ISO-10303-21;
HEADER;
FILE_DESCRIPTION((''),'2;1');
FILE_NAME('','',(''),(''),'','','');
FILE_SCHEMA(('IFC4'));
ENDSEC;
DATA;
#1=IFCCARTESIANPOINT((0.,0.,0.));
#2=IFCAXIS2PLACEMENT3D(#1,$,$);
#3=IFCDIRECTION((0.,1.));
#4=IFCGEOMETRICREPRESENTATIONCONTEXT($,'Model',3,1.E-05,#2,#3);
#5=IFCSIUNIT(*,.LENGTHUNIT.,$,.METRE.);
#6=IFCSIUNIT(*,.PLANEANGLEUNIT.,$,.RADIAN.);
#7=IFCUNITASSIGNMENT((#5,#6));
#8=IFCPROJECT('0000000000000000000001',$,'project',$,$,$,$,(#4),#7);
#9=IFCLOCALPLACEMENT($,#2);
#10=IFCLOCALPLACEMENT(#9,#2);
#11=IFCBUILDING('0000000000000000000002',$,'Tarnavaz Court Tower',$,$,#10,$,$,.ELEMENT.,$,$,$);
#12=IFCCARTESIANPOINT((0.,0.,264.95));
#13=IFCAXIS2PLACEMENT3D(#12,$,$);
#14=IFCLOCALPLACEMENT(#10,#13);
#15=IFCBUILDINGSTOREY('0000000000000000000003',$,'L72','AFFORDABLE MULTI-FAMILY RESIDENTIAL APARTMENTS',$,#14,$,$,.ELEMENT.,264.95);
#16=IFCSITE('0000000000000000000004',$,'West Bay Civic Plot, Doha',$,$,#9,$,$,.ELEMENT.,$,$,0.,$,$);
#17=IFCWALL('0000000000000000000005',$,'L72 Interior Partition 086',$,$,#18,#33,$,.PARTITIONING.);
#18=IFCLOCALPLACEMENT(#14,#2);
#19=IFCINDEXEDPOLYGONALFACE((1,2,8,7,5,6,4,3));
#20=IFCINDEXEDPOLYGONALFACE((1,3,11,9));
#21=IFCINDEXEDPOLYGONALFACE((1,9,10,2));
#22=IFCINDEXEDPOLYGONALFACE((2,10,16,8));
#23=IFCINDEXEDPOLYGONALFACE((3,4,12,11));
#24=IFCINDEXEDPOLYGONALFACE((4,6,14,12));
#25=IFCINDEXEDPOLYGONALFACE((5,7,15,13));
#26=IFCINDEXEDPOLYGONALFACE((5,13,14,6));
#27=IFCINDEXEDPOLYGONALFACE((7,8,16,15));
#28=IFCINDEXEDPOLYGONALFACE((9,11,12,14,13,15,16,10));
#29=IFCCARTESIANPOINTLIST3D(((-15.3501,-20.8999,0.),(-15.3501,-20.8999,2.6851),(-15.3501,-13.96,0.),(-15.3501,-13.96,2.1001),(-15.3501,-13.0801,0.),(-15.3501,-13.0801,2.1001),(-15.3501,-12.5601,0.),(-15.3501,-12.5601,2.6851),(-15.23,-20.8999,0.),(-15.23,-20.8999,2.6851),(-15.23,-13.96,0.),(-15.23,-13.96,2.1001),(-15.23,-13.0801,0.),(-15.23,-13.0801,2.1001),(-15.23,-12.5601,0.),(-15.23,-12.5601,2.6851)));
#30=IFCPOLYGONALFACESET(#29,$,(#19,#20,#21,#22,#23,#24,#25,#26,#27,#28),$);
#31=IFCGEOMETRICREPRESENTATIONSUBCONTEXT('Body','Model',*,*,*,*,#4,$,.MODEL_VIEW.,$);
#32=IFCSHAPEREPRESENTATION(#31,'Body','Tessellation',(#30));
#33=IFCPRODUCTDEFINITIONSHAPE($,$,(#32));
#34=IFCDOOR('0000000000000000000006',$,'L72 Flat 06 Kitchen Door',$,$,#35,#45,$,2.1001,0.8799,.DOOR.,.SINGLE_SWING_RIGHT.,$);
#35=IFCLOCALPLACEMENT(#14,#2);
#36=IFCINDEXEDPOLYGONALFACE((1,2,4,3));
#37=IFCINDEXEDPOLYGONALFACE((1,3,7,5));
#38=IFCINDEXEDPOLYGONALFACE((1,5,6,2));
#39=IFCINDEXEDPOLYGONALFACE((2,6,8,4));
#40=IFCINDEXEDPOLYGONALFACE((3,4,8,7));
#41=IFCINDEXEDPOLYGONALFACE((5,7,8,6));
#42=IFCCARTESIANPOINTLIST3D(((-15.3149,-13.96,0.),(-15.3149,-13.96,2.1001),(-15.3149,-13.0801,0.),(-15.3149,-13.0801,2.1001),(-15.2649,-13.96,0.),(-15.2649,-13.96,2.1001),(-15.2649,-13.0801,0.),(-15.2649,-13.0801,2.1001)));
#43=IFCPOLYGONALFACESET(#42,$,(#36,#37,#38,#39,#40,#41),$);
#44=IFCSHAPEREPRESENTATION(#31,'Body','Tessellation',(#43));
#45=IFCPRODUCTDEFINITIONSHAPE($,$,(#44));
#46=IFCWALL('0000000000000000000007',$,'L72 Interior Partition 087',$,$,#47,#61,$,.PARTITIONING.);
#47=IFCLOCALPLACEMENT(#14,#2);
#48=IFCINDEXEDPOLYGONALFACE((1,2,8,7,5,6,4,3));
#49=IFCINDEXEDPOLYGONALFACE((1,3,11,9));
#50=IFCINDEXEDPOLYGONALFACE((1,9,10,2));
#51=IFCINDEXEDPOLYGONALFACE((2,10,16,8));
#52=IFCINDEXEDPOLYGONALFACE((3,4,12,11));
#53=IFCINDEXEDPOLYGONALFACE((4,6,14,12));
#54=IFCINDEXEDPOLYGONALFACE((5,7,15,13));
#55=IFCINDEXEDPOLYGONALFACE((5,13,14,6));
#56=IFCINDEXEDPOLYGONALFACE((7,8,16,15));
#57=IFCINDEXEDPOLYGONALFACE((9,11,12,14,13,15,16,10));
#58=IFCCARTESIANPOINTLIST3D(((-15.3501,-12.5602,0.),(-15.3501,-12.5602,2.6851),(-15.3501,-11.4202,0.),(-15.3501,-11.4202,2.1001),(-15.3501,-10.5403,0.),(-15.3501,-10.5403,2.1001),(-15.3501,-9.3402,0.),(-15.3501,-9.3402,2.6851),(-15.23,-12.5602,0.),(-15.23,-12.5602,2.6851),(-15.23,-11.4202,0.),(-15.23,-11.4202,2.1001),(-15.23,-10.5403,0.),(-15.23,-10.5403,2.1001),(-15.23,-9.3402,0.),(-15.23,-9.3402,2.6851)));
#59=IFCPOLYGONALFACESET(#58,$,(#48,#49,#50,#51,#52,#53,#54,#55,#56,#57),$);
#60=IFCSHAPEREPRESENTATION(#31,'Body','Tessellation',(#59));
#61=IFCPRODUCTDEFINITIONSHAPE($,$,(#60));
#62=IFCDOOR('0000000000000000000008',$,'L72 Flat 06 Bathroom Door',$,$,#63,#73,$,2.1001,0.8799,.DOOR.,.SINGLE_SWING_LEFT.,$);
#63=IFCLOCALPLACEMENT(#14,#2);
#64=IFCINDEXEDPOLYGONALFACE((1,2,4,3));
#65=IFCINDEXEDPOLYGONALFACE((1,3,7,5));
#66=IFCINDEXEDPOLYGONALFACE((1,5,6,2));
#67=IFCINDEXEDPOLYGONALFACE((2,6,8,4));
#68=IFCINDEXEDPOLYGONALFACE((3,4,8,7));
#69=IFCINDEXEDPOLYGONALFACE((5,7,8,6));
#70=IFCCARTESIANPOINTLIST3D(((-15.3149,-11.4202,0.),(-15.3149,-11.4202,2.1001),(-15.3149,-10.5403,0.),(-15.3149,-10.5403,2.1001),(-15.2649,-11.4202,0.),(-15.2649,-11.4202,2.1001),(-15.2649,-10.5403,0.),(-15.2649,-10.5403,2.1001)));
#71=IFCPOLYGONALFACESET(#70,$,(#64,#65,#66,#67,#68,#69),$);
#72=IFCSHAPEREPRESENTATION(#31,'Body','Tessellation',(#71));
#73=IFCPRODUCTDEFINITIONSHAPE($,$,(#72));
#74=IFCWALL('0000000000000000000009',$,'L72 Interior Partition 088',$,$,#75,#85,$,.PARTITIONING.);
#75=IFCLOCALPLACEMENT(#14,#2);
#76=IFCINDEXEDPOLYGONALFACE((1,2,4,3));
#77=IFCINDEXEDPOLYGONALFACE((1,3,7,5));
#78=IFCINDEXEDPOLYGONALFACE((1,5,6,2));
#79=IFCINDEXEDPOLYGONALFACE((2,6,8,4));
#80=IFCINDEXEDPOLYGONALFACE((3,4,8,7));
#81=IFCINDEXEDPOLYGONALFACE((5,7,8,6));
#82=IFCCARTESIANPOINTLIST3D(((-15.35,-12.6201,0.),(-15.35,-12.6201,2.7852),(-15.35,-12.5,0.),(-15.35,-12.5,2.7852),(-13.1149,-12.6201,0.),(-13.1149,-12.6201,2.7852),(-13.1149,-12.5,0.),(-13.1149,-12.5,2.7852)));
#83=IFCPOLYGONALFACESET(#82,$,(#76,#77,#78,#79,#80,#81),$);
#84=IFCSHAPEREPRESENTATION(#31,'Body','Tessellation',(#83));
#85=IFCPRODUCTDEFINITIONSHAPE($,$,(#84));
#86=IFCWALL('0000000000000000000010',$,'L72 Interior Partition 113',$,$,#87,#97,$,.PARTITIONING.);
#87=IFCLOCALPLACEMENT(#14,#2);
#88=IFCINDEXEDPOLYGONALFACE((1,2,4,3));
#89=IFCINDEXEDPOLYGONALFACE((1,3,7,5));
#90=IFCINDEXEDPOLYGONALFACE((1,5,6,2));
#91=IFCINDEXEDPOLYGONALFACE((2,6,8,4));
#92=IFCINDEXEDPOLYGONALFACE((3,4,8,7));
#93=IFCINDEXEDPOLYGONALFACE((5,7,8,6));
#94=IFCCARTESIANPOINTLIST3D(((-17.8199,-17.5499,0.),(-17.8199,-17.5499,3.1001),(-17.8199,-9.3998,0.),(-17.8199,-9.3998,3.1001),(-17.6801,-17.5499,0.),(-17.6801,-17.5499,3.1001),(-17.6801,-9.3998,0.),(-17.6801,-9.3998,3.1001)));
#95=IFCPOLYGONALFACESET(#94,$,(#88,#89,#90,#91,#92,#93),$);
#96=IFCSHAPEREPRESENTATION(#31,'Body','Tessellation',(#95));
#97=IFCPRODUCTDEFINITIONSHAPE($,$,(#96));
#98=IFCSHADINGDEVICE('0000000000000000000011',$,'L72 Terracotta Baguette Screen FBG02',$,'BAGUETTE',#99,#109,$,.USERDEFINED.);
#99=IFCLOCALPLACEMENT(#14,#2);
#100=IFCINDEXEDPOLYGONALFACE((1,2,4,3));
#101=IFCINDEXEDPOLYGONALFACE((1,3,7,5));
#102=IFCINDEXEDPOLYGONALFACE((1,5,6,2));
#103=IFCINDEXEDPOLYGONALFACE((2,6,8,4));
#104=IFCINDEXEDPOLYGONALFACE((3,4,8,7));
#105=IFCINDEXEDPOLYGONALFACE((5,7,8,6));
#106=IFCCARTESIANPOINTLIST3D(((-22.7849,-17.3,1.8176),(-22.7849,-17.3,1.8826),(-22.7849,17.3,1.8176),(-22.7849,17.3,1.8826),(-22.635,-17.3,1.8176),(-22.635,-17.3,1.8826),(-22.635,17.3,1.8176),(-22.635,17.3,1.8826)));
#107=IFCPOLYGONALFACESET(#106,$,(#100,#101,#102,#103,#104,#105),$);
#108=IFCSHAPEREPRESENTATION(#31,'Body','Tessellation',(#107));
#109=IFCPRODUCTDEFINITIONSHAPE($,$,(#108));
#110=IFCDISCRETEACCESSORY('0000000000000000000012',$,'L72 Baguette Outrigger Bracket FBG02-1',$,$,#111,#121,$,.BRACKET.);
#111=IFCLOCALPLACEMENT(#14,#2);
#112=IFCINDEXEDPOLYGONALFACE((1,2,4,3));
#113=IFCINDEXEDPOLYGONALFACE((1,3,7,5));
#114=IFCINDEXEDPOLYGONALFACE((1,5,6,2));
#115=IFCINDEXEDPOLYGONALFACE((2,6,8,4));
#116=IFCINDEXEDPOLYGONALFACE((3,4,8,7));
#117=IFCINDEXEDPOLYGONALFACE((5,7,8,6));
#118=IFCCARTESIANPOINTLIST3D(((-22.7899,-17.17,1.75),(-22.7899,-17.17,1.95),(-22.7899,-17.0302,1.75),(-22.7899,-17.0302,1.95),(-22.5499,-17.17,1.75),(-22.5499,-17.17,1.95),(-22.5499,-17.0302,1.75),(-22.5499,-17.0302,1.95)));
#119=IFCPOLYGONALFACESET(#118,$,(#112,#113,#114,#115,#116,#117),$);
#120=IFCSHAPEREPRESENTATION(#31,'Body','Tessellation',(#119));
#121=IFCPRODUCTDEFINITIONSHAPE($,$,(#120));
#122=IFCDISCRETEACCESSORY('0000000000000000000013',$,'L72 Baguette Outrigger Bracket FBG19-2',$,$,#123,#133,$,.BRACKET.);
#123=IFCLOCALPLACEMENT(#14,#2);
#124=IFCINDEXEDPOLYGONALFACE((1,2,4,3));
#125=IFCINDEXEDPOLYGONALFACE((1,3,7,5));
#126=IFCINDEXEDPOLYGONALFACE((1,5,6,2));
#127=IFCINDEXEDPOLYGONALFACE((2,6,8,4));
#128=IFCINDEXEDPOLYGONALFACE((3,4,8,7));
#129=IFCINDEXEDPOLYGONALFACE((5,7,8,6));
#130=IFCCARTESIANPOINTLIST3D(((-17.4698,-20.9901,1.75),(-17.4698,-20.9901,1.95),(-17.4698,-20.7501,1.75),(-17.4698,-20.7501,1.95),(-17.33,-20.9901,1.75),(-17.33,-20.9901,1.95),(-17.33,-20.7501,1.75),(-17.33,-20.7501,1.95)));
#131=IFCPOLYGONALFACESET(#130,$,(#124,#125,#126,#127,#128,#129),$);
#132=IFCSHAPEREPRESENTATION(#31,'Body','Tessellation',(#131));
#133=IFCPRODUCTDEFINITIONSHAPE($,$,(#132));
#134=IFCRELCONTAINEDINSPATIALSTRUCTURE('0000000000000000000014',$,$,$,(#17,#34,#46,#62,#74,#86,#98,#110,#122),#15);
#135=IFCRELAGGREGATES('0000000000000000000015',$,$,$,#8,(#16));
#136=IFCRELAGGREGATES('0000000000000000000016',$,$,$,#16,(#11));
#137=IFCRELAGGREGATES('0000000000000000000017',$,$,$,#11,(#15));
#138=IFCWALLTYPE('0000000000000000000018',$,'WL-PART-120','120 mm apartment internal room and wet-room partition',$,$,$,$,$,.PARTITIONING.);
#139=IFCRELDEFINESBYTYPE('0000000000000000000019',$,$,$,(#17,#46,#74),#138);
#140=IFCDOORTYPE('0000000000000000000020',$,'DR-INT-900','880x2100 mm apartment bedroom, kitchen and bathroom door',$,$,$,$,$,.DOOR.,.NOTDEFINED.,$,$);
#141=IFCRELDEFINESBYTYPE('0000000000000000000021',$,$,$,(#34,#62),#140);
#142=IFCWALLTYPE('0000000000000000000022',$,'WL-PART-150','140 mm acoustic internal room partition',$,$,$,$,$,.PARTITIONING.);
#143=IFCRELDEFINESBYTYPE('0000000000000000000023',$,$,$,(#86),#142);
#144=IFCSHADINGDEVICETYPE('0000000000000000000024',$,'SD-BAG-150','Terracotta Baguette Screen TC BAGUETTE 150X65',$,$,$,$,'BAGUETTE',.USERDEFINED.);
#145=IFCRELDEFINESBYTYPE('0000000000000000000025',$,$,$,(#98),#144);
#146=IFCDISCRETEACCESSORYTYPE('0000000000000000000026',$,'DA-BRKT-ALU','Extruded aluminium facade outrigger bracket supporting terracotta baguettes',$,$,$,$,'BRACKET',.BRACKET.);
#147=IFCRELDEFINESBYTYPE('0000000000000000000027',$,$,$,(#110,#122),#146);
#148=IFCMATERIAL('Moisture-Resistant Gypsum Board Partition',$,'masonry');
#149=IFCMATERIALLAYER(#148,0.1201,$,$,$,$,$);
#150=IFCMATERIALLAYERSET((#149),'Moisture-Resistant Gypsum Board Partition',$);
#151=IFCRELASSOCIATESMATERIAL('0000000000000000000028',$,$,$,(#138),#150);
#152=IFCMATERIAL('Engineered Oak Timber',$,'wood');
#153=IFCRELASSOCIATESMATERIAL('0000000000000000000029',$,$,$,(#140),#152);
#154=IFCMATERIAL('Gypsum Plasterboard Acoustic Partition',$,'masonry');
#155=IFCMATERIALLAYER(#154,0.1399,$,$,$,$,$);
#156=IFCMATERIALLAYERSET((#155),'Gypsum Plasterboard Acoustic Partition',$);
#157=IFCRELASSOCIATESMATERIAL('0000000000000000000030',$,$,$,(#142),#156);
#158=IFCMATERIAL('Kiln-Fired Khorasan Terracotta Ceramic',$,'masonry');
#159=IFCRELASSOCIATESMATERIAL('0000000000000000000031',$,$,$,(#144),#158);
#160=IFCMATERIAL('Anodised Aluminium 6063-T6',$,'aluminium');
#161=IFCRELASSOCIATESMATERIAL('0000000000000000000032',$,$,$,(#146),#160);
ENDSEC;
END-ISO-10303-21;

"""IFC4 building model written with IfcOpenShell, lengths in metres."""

from ifc_helpers import new_model, si_unit, direction, frame, frame_2d, origin, origin_2d, place, context, subcontext, project, spatial, rectangle, extrude, material, layer, layer_set, material_profile, profile_set, type_object, element, fill, save


model = new_model("IFC4")

# Units and contexts
model_context = context("Model", 3, precision=1e-05, world=origin(), true_north=direction((0.0, 1.0)))
body_context = subcontext(model_context, "Body", "Model", "MODEL_VIEW")
ifc_project = project(units=[si_unit("LENGTHUNIT", "METRE"), si_unit("PLANEANGLEUNIT", "RADIAN")], contexts=[model_context])

# Site, building, storey
site_placement = place(None, origin())
site = spatial("IfcSite", under=ifc_project, at=site_placement, Name="West Bay Civic Plot, Doha", CompositionType="ELEMENT", RefElevation=0.0)
building_placement = place(site_placement, origin())
building = spatial("IfcBuilding", under=site, at=building_placement, Name="Tarnavaz Court Tower", CompositionType="ELEMENT")
storey_placement = place(building_placement, frame((0.0, 0.0, 264.95)))
storey = spatial("IfcBuildingStorey", under=building, at=storey_placement, Name="L72", Description="AFFORDABLE MULTI-FAMILY RESIDENTIAL APARTMENTS", CompositionType="ELEMENT", Elevation=264.95)

# Walls, openings, doors
ifc_material_1 = material(Name="Moisture-Resistant Gypsum Board Partition", Category="masonry")
ifc_layer_1 = layer(ifc_material_1, 0.1201)
ifc_layer_set_1 = layer_set([ifc_layer_1], Name="Moisture-Resistant Gypsum Board Partition")
wall_type_1 = type_object("IfcWallType", Name="WL-PART-120", Description="120 mm apartment internal room and wet-room partition", PredefinedType="PARTITIONING", material=ifc_layer_set_1)
wall_1_placement = place(storey_placement, frame((-15.29, -20.8999, 0.0), z_axis=(0.0, 0.0, 1.0), x_axis=(0.0, 1.0, 0.0)))
wall_1 = element("IfcWall", 1, at=wall_1_placement, inside=storey, type_object=wall_type_1, Name="L72 Interior Partition 086", PredefinedType="PARTITIONING", context=body_context, shape_type="SweptSolid", body=[
    extrude(rectangle(XDim=8.3398, YDim=0.1201, at=frame_2d((4.1699, 0.0))), origin(), (0.0, 0.0, 1.0), 2.6851),
])
opening_1_placement = place(wall_1_placement, frame((6.9399, 0.0, 0.0)))
opening_1 = element("IfcOpeningElement", 2, at=opening_1_placement, cuts=wall_1, PredefinedType="OPENING", context=body_context, shape_type="SweptSolid", body=[
    extrude(rectangle(XDim=0.8799, YDim=2.1001, at=frame_2d((0.4399, 1.05))), frame((0.0, 0.0701, 0.0), z_axis=(0.0, -1.0, 0.0), x_axis=(1.0, 0.0, 0.0)), (0.0, 0.0, 1.0), 0.1401),
])
ifc_material_2 = material(Name="Engineered Oak Timber", Category="wood")
door_type = type_object("IfcDoorType", Name="DR-INT-900", Description="880x2100 mm apartment bedroom, kitchen and bathroom door", OperationType="NOTDEFINED", PredefinedType="DOOR", material=ifc_material_2)
door_1_placement = place(opening_1_placement, origin())
door_1 = element("IfcDoor", 3, at=door_1_placement, inside=storey, type_object=door_type, Name="L72 Flat 06 Kitchen Door", OperationType="SINGLE_SWING_RIGHT", OverallHeight=2.1001, OverallWidth=0.8799, PredefinedType="DOOR", context=body_context, shape_type="SweptSolid", body=[
    extrude(rectangle(XDim=0.8799, YDim=2.1001, at=frame_2d((0.4399, 1.05))), frame((0.0, 0.0249, 0.0), z_axis=(0.0, -1.0, 0.0), x_axis=(1.0, 0.0, 0.0)), (0.0, 0.0, 1.0), 0.05),
])
fill(opening_1, door_1)
wall_2_placement = place(storey_placement, frame((-15.29, -12.5601, 0.0), z_axis=(0.0, 0.0, 1.0), x_axis=(0.0, 1.0, 0.0)))
wall_2 = element("IfcWall", 4, at=wall_2_placement, inside=storey, type_object=wall_type_1, Name="L72 Interior Partition 087", PredefinedType="PARTITIONING", context=body_context, shape_type="SweptSolid", body=[
    extrude(rectangle(XDim=3.22, YDim=0.1201, at=frame_2d((1.6099, 0.0))), origin(), (0.0, 0.0, 1.0), 2.6851),
])
opening_2_placement = place(wall_2_placement, frame((1.1399, 0.0, 0.0)))
opening_2 = element("IfcOpeningElement", 5, at=opening_2_placement, cuts=wall_2, PredefinedType="OPENING", context=body_context, shape_type="SweptSolid", body=[
    extrude(rectangle(XDim=0.8799, YDim=2.1001, at=frame_2d((0.4399, 1.05))), frame((0.0, 0.0701, 0.0), z_axis=(0.0, -1.0, 0.0), x_axis=(1.0, 0.0, 0.0)), (0.0, 0.0, 1.0), 0.1401),
])
door_2_placement = place(opening_2_placement, origin())
door_2 = element("IfcDoor", 6, at=door_2_placement, inside=storey, type_object=door_type, Name="L72 Flat 06 Bathroom Door", OperationType="SINGLE_SWING_LEFT", OverallHeight=2.1001, OverallWidth=0.8799, PredefinedType="DOOR", context=body_context, shape_type="SweptSolid", body=[
    extrude(rectangle(XDim=0.8799, YDim=2.1001, at=frame_2d((0.4399, 1.05))), frame((0.0, 0.0249, 0.0), z_axis=(0.0, -1.0, 0.0), x_axis=(1.0, 0.0, 0.0)), (0.0, 0.0, 1.0), 0.05),
])
fill(opening_2, door_2)

# Walls
wall_3_placement = place(storey_placement, frame((-15.3501, -12.5601, 0.0), z_axis=(0.0, 0.0, 1.0), x_axis=(1.0, 0.0, 0.0)))
element("IfcWall", 7, at=wall_3_placement, inside=storey, type_object=wall_type_1, Name="L72 Interior Partition 088", PredefinedType="PARTITIONING", context=body_context, shape_type="SweptSolid", body=[
    extrude(rectangle(XDim=2.2351, YDim=0.1201, at=frame_2d((1.1177, 0.0))), origin(), (0.0, 0.0, 1.0), 2.7852),
])
ifc_material_3 = material(Name="Gypsum Plasterboard Acoustic Partition", Category="masonry")
ifc_layer_2 = layer(ifc_material_3, 0.1399)
ifc_layer_set_2 = layer_set([ifc_layer_2], Name="Gypsum Plasterboard Acoustic Partition")
wall_type_2 = type_object("IfcWallType", Name="WL-PART-150", Description="140 mm acoustic internal room partition", PredefinedType="PARTITIONING", material=ifc_layer_set_2)
wall_4_placement = place(storey_placement, frame((-17.75, -17.55, 0.0), z_axis=(0.0, 0.0, 1.0), x_axis=(0.0, 1.0, 0.0)))
element("IfcWall", 8, at=wall_4_placement, inside=storey, type_object=wall_type_2, Name="L72 Interior Partition 113", PredefinedType="PARTITIONING", context=body_context, shape_type="SweptSolid", body=[
    extrude(rectangle(XDim=8.1501, YDim=0.1399, at=frame_2d((4.0752, 0.0))), origin(), (0.0, 0.0, 1.0), 3.1001),
])

# Shading device
ifc_material_4 = material(Name="Kiln-Fired Khorasan Terracotta Ceramic", Category="masonry")
ifc_material_profile_1 = material_profile(ifc_material_4, rectangle(XDim=0.1499, YDim=0.0649, at=origin_2d()), Name="TC BAGUETTE 150X65")
ifc_profile_set_1 = profile_set([ifc_material_profile_1], Name="Kiln-Fired Khorasan Terracotta Ceramic")
shading_device_type = type_object("IfcShadingDeviceType", Name="SD-BAG-150", Description="Terracotta Baguette Screen TC BAGUETTE 150X65", ElementType="BAGUETTE", PredefinedType="USERDEFINED", material=ifc_profile_set_1)
shading_device_placement = place(storey_placement, frame((-22.71, -17.3, 1.8501), z_axis=(0.0, 1.0, 0.0), x_axis=(-1.0, 0.0, 0.0)))
element("IfcShadingDevice", 9, at=shading_device_placement, inside=storey, type_object=shading_device_type, Name="L72 Terracotta Baguette Screen FBG02", ObjectType="BAGUETTE", PredefinedType="USERDEFINED", context=body_context, shape_type="SweptSolid", body=[
    extrude(rectangle(XDim=0.1499, YDim=0.0649, at=origin_2d()), origin(), (0.0, 0.0, 1.0), 34.6001),
])

# Discrete accessories
ifc_material_5 = material(Name="Anodised Aluminium 6063-T6", Category="aluminium")
discrete_accessory_type = type_object("IfcDiscreteAccessoryType", Name="DA-BRKT-ALU", Description="Extruded aluminium facade outrigger bracket supporting terracotta baguettes", ElementType="BRACKET", PredefinedType="BRACKET", material=ifc_material_5)
for number, where, z_axis, x_axis, name in (
    (10, (-22.6699, -17.1001, 1.75), (0.0, 0.0, 1.0), (0.0, 1.0, 0.0), "L72 Baguette Outrigger Bracket FBG02-1"),
    (11, (-17.3999, -20.8701, 1.75), (0.0, 0.0, 1.0), (-1.0, 0.0, 0.0), "L72 Baguette Outrigger Bracket FBG19-2"),
):
    element("IfcDiscreteAccessory", number, at=place(storey_placement, frame(where, z_axis=z_axis, x_axis=x_axis)), inside=storey, type_object=discrete_accessory_type, Name=name, PredefinedType="BRACKET", context=body_context, shape_type="SweptSolid", body=[
        extrude(rectangle(XDim=0.1399, YDim=0.24, at=origin_2d()), origin(), (0.0, 0.0, 1.0), 0.2),
    ])

save(model, "model.ifc")
